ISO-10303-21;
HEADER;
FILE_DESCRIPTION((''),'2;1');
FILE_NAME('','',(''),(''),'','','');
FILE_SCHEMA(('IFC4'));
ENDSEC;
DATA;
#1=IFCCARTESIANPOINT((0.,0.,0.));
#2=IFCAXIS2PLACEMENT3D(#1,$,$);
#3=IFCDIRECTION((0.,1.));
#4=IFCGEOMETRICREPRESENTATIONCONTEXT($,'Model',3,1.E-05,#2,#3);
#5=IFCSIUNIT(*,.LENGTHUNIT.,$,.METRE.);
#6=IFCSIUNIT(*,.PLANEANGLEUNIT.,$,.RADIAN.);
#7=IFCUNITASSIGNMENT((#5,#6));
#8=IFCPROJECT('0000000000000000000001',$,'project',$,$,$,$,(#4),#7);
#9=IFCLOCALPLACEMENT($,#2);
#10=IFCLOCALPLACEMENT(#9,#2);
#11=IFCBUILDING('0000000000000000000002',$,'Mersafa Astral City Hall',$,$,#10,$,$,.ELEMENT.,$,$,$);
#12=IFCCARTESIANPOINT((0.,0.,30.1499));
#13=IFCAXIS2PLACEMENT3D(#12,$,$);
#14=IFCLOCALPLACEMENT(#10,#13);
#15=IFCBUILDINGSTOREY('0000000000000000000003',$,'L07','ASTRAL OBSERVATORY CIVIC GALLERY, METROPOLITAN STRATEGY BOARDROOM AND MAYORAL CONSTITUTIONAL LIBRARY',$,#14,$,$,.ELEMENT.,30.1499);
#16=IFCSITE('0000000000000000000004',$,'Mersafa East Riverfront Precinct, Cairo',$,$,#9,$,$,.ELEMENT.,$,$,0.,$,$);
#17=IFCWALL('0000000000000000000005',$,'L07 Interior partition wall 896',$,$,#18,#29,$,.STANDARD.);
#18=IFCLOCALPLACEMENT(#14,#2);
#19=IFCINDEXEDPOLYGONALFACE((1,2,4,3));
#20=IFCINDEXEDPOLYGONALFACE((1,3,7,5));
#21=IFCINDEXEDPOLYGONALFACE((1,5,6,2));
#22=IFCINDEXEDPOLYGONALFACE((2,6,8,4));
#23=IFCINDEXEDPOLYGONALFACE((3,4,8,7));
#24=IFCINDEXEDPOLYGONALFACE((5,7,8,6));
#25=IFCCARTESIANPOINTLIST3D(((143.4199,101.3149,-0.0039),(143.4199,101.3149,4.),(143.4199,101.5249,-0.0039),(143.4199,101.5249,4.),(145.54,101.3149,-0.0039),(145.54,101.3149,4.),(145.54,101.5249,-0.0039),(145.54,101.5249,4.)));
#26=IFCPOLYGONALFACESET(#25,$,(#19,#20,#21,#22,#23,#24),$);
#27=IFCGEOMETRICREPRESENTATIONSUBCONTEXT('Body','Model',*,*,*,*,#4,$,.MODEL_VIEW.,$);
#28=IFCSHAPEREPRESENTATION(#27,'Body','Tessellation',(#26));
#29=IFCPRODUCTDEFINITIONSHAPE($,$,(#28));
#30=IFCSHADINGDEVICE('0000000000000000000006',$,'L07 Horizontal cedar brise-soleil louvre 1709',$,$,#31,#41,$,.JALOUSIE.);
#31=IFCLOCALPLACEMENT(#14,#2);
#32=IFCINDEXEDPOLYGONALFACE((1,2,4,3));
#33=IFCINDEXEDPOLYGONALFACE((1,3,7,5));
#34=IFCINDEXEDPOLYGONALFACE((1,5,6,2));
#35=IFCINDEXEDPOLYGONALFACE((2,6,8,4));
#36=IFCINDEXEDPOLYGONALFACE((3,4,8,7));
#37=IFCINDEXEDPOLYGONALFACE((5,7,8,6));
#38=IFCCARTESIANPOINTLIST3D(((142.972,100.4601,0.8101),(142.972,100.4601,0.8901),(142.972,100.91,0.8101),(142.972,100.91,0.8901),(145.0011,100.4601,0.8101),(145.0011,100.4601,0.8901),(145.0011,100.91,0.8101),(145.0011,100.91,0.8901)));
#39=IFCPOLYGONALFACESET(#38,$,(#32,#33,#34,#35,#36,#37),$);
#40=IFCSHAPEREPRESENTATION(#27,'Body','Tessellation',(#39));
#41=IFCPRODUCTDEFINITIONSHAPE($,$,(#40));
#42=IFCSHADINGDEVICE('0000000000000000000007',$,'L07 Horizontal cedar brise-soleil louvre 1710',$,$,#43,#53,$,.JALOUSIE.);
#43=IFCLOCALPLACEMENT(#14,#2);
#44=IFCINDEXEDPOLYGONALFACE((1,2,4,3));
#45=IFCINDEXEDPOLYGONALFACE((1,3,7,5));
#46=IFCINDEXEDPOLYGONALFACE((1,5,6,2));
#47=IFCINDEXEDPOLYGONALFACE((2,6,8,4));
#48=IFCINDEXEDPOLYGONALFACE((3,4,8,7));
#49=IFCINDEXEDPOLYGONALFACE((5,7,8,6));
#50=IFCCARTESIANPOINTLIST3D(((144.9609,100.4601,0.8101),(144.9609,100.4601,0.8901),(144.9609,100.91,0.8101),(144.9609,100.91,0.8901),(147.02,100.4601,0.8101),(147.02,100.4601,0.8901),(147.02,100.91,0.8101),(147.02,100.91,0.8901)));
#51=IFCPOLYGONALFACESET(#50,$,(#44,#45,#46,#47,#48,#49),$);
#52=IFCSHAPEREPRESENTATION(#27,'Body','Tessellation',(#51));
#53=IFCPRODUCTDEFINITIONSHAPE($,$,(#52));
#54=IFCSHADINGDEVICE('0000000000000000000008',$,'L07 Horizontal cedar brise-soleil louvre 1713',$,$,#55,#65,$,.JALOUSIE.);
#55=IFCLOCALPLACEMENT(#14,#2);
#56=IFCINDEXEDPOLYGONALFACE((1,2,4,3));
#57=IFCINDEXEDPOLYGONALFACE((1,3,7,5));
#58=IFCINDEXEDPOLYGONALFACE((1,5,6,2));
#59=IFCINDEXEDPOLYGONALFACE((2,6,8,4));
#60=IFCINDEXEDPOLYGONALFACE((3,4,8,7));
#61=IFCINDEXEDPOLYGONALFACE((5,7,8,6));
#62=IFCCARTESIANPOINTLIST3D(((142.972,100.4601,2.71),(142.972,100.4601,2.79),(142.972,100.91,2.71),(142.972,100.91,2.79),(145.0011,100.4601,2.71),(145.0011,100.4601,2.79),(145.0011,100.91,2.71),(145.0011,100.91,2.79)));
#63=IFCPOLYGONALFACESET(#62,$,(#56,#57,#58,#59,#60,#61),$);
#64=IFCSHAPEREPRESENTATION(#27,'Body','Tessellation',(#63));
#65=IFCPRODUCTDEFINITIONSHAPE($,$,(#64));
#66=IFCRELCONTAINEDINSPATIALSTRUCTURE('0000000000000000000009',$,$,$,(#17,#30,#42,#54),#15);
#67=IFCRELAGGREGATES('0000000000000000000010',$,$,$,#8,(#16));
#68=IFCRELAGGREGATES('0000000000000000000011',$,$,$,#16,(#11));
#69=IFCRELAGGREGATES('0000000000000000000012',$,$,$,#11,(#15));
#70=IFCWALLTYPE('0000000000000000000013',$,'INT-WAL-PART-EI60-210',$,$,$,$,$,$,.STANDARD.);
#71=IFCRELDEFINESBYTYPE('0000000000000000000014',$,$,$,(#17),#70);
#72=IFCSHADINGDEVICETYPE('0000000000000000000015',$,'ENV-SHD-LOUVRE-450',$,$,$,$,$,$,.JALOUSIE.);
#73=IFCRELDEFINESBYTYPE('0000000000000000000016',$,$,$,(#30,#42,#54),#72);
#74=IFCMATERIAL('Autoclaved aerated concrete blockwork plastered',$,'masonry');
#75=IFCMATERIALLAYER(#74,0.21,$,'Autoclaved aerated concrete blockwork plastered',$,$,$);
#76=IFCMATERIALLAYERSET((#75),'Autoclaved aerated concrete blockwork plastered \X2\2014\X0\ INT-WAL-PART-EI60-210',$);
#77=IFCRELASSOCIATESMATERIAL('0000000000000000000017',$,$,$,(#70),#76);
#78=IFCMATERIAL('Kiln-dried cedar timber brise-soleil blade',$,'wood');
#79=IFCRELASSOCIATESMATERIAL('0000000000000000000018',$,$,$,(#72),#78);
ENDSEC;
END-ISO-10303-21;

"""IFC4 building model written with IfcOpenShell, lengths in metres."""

from ifc_helpers import new_model, si_unit, direction, frame, frame_2d, origin, origin_2d, place, context, subcontext, project, spatial, rectangle, extrude, material, layer, layer_set, type_object, element, save


model = new_model("IFC4")

# Units and contexts
model_context = context("Model", 3, precision=1e-05, world=origin(), true_north=direction((0.0, 1.0)))
body_context = subcontext(model_context, "Body", "Model", "MODEL_VIEW")
ifc_project = project(units=[si_unit("LENGTHUNIT", "METRE"), si_unit("PLANEANGLEUNIT", "RADIAN")], contexts=[model_context])

# Site, building, storey
site_placement = place(None, origin())
site = spatial("IfcSite", under=ifc_project, at=site_placement, Name="Mersafa East Riverfront Precinct, Cairo", CompositionType="ELEMENT", RefElevation=0.0)
building_placement = place(site_placement, origin())
building = spatial("IfcBuilding", under=site, at=building_placement, Name="Mersafa Astral City Hall", CompositionType="ELEMENT")
storey_placement = place(building_placement, frame((0.0, 0.0, 30.1499)))
storey = spatial("IfcBuildingStorey", under=building, at=storey_placement, Name="L07", Description="ASTRAL OBSERVATORY CIVIC GALLERY, METROPOLITAN STRATEGY BOARDROOM AND MAYORAL CONSTITUTIONAL LIBRARY", CompositionType="ELEMENT", Elevation=30.1499)

# Wall
ifc_material_1 = material(Name="Autoclaved aerated concrete blockwork plastered", Category="masonry")
ifc_layer_1 = layer(ifc_material_1, 0.21, Name="Autoclaved aerated concrete blockwork plastered")
ifc_layer_set_1 = layer_set([ifc_layer_1], Name="Autoclaved aerated concrete blockwork plastered — INT-WAL-PART-EI60-210")
wall_type_1 = type_object("IfcWallType", Name="INT-WAL-PART-EI60-210", PredefinedType="STANDARD", material=ifc_layer_set_1)
wall_1_placement = place(storey_placement, frame((143.4199, 101.4199, -0.0039), z_axis=(0.0, 0.0, 1.0), x_axis=(1.0, 0.0, 0.0)))
element("IfcWall", 1, at=wall_1_placement, inside=storey, type_object=wall_type_1, Name="L07 Interior partition wall 896", PredefinedType="STANDARD", context=body_context, shape_type="SweptSolid", body=[
    extrude(rectangle(XDim=2.1201, YDim=0.21, at=frame_2d((1.0601, 0.0))), origin(), (0.0, 0.0, 1.0), 4.0039),
])

# Shading devices
ifc_material_2 = material(Name="Kiln-dried cedar timber brise-soleil blade", Category="wood")
shading_device_type = type_object("IfcShadingDeviceType", Name="ENV-SHD-LOUVRE-450", PredefinedType="JALOUSIE", material=ifc_material_2)
shading_device_1_placement = place(storey_placement, frame((143.9866, 100.6851, 0.8101), z_axis=(0.0, 0.0, 1.0), x_axis=(1.0, 0.0, 0.0)))
element("IfcShadingDevice", 2, at=shading_device_1_placement, inside=storey, type_object=shading_device_type, Name="L07 Horizontal cedar brise-soleil louvre 1709", PredefinedType="JALOUSIE", context=body_context, shape_type="SweptSolid", body=[
    extrude(rectangle(XDim=2.0291, YDim=0.45, at=origin_2d()), origin(), (0.0, 0.0, 1.0), 0.0801),
])
shading_device_2_placement = place(storey_placement, frame((145.9905, 100.6851, 0.8101), z_axis=(0.0, 0.0, 1.0), x_axis=(1.0, 0.0, 0.0)))
element("IfcShadingDevice", 3, at=shading_device_2_placement, inside=storey, type_object=shading_device_type, Name="L07 Horizontal cedar brise-soleil louvre 1710", PredefinedType="JALOUSIE", context=body_context, shape_type="SweptSolid", body=[
    extrude(rectangle(XDim=2.0591, YDim=0.45, at=origin_2d()), origin(), (0.0, 0.0, 1.0), 0.0801),
])
shading_device_3_placement = place(storey_placement, frame((143.9866, 100.6851, 2.71), z_axis=(0.0, 0.0, 1.0), x_axis=(1.0, 0.0, 0.0)))
element("IfcShadingDevice", 4, at=shading_device_3_placement, inside=storey, type_object=shading_device_type, Name="L07 Horizontal cedar brise-soleil louvre 1713", PredefinedType="JALOUSIE", context=body_context, shape_type="SweptSolid", body=[
    extrude(rectangle(XDim=2.0291, YDim=0.45, at=origin_2d()), origin(), (0.0, 0.0, 1.0), 0.0801),
])

save(model, "model.ifc")
